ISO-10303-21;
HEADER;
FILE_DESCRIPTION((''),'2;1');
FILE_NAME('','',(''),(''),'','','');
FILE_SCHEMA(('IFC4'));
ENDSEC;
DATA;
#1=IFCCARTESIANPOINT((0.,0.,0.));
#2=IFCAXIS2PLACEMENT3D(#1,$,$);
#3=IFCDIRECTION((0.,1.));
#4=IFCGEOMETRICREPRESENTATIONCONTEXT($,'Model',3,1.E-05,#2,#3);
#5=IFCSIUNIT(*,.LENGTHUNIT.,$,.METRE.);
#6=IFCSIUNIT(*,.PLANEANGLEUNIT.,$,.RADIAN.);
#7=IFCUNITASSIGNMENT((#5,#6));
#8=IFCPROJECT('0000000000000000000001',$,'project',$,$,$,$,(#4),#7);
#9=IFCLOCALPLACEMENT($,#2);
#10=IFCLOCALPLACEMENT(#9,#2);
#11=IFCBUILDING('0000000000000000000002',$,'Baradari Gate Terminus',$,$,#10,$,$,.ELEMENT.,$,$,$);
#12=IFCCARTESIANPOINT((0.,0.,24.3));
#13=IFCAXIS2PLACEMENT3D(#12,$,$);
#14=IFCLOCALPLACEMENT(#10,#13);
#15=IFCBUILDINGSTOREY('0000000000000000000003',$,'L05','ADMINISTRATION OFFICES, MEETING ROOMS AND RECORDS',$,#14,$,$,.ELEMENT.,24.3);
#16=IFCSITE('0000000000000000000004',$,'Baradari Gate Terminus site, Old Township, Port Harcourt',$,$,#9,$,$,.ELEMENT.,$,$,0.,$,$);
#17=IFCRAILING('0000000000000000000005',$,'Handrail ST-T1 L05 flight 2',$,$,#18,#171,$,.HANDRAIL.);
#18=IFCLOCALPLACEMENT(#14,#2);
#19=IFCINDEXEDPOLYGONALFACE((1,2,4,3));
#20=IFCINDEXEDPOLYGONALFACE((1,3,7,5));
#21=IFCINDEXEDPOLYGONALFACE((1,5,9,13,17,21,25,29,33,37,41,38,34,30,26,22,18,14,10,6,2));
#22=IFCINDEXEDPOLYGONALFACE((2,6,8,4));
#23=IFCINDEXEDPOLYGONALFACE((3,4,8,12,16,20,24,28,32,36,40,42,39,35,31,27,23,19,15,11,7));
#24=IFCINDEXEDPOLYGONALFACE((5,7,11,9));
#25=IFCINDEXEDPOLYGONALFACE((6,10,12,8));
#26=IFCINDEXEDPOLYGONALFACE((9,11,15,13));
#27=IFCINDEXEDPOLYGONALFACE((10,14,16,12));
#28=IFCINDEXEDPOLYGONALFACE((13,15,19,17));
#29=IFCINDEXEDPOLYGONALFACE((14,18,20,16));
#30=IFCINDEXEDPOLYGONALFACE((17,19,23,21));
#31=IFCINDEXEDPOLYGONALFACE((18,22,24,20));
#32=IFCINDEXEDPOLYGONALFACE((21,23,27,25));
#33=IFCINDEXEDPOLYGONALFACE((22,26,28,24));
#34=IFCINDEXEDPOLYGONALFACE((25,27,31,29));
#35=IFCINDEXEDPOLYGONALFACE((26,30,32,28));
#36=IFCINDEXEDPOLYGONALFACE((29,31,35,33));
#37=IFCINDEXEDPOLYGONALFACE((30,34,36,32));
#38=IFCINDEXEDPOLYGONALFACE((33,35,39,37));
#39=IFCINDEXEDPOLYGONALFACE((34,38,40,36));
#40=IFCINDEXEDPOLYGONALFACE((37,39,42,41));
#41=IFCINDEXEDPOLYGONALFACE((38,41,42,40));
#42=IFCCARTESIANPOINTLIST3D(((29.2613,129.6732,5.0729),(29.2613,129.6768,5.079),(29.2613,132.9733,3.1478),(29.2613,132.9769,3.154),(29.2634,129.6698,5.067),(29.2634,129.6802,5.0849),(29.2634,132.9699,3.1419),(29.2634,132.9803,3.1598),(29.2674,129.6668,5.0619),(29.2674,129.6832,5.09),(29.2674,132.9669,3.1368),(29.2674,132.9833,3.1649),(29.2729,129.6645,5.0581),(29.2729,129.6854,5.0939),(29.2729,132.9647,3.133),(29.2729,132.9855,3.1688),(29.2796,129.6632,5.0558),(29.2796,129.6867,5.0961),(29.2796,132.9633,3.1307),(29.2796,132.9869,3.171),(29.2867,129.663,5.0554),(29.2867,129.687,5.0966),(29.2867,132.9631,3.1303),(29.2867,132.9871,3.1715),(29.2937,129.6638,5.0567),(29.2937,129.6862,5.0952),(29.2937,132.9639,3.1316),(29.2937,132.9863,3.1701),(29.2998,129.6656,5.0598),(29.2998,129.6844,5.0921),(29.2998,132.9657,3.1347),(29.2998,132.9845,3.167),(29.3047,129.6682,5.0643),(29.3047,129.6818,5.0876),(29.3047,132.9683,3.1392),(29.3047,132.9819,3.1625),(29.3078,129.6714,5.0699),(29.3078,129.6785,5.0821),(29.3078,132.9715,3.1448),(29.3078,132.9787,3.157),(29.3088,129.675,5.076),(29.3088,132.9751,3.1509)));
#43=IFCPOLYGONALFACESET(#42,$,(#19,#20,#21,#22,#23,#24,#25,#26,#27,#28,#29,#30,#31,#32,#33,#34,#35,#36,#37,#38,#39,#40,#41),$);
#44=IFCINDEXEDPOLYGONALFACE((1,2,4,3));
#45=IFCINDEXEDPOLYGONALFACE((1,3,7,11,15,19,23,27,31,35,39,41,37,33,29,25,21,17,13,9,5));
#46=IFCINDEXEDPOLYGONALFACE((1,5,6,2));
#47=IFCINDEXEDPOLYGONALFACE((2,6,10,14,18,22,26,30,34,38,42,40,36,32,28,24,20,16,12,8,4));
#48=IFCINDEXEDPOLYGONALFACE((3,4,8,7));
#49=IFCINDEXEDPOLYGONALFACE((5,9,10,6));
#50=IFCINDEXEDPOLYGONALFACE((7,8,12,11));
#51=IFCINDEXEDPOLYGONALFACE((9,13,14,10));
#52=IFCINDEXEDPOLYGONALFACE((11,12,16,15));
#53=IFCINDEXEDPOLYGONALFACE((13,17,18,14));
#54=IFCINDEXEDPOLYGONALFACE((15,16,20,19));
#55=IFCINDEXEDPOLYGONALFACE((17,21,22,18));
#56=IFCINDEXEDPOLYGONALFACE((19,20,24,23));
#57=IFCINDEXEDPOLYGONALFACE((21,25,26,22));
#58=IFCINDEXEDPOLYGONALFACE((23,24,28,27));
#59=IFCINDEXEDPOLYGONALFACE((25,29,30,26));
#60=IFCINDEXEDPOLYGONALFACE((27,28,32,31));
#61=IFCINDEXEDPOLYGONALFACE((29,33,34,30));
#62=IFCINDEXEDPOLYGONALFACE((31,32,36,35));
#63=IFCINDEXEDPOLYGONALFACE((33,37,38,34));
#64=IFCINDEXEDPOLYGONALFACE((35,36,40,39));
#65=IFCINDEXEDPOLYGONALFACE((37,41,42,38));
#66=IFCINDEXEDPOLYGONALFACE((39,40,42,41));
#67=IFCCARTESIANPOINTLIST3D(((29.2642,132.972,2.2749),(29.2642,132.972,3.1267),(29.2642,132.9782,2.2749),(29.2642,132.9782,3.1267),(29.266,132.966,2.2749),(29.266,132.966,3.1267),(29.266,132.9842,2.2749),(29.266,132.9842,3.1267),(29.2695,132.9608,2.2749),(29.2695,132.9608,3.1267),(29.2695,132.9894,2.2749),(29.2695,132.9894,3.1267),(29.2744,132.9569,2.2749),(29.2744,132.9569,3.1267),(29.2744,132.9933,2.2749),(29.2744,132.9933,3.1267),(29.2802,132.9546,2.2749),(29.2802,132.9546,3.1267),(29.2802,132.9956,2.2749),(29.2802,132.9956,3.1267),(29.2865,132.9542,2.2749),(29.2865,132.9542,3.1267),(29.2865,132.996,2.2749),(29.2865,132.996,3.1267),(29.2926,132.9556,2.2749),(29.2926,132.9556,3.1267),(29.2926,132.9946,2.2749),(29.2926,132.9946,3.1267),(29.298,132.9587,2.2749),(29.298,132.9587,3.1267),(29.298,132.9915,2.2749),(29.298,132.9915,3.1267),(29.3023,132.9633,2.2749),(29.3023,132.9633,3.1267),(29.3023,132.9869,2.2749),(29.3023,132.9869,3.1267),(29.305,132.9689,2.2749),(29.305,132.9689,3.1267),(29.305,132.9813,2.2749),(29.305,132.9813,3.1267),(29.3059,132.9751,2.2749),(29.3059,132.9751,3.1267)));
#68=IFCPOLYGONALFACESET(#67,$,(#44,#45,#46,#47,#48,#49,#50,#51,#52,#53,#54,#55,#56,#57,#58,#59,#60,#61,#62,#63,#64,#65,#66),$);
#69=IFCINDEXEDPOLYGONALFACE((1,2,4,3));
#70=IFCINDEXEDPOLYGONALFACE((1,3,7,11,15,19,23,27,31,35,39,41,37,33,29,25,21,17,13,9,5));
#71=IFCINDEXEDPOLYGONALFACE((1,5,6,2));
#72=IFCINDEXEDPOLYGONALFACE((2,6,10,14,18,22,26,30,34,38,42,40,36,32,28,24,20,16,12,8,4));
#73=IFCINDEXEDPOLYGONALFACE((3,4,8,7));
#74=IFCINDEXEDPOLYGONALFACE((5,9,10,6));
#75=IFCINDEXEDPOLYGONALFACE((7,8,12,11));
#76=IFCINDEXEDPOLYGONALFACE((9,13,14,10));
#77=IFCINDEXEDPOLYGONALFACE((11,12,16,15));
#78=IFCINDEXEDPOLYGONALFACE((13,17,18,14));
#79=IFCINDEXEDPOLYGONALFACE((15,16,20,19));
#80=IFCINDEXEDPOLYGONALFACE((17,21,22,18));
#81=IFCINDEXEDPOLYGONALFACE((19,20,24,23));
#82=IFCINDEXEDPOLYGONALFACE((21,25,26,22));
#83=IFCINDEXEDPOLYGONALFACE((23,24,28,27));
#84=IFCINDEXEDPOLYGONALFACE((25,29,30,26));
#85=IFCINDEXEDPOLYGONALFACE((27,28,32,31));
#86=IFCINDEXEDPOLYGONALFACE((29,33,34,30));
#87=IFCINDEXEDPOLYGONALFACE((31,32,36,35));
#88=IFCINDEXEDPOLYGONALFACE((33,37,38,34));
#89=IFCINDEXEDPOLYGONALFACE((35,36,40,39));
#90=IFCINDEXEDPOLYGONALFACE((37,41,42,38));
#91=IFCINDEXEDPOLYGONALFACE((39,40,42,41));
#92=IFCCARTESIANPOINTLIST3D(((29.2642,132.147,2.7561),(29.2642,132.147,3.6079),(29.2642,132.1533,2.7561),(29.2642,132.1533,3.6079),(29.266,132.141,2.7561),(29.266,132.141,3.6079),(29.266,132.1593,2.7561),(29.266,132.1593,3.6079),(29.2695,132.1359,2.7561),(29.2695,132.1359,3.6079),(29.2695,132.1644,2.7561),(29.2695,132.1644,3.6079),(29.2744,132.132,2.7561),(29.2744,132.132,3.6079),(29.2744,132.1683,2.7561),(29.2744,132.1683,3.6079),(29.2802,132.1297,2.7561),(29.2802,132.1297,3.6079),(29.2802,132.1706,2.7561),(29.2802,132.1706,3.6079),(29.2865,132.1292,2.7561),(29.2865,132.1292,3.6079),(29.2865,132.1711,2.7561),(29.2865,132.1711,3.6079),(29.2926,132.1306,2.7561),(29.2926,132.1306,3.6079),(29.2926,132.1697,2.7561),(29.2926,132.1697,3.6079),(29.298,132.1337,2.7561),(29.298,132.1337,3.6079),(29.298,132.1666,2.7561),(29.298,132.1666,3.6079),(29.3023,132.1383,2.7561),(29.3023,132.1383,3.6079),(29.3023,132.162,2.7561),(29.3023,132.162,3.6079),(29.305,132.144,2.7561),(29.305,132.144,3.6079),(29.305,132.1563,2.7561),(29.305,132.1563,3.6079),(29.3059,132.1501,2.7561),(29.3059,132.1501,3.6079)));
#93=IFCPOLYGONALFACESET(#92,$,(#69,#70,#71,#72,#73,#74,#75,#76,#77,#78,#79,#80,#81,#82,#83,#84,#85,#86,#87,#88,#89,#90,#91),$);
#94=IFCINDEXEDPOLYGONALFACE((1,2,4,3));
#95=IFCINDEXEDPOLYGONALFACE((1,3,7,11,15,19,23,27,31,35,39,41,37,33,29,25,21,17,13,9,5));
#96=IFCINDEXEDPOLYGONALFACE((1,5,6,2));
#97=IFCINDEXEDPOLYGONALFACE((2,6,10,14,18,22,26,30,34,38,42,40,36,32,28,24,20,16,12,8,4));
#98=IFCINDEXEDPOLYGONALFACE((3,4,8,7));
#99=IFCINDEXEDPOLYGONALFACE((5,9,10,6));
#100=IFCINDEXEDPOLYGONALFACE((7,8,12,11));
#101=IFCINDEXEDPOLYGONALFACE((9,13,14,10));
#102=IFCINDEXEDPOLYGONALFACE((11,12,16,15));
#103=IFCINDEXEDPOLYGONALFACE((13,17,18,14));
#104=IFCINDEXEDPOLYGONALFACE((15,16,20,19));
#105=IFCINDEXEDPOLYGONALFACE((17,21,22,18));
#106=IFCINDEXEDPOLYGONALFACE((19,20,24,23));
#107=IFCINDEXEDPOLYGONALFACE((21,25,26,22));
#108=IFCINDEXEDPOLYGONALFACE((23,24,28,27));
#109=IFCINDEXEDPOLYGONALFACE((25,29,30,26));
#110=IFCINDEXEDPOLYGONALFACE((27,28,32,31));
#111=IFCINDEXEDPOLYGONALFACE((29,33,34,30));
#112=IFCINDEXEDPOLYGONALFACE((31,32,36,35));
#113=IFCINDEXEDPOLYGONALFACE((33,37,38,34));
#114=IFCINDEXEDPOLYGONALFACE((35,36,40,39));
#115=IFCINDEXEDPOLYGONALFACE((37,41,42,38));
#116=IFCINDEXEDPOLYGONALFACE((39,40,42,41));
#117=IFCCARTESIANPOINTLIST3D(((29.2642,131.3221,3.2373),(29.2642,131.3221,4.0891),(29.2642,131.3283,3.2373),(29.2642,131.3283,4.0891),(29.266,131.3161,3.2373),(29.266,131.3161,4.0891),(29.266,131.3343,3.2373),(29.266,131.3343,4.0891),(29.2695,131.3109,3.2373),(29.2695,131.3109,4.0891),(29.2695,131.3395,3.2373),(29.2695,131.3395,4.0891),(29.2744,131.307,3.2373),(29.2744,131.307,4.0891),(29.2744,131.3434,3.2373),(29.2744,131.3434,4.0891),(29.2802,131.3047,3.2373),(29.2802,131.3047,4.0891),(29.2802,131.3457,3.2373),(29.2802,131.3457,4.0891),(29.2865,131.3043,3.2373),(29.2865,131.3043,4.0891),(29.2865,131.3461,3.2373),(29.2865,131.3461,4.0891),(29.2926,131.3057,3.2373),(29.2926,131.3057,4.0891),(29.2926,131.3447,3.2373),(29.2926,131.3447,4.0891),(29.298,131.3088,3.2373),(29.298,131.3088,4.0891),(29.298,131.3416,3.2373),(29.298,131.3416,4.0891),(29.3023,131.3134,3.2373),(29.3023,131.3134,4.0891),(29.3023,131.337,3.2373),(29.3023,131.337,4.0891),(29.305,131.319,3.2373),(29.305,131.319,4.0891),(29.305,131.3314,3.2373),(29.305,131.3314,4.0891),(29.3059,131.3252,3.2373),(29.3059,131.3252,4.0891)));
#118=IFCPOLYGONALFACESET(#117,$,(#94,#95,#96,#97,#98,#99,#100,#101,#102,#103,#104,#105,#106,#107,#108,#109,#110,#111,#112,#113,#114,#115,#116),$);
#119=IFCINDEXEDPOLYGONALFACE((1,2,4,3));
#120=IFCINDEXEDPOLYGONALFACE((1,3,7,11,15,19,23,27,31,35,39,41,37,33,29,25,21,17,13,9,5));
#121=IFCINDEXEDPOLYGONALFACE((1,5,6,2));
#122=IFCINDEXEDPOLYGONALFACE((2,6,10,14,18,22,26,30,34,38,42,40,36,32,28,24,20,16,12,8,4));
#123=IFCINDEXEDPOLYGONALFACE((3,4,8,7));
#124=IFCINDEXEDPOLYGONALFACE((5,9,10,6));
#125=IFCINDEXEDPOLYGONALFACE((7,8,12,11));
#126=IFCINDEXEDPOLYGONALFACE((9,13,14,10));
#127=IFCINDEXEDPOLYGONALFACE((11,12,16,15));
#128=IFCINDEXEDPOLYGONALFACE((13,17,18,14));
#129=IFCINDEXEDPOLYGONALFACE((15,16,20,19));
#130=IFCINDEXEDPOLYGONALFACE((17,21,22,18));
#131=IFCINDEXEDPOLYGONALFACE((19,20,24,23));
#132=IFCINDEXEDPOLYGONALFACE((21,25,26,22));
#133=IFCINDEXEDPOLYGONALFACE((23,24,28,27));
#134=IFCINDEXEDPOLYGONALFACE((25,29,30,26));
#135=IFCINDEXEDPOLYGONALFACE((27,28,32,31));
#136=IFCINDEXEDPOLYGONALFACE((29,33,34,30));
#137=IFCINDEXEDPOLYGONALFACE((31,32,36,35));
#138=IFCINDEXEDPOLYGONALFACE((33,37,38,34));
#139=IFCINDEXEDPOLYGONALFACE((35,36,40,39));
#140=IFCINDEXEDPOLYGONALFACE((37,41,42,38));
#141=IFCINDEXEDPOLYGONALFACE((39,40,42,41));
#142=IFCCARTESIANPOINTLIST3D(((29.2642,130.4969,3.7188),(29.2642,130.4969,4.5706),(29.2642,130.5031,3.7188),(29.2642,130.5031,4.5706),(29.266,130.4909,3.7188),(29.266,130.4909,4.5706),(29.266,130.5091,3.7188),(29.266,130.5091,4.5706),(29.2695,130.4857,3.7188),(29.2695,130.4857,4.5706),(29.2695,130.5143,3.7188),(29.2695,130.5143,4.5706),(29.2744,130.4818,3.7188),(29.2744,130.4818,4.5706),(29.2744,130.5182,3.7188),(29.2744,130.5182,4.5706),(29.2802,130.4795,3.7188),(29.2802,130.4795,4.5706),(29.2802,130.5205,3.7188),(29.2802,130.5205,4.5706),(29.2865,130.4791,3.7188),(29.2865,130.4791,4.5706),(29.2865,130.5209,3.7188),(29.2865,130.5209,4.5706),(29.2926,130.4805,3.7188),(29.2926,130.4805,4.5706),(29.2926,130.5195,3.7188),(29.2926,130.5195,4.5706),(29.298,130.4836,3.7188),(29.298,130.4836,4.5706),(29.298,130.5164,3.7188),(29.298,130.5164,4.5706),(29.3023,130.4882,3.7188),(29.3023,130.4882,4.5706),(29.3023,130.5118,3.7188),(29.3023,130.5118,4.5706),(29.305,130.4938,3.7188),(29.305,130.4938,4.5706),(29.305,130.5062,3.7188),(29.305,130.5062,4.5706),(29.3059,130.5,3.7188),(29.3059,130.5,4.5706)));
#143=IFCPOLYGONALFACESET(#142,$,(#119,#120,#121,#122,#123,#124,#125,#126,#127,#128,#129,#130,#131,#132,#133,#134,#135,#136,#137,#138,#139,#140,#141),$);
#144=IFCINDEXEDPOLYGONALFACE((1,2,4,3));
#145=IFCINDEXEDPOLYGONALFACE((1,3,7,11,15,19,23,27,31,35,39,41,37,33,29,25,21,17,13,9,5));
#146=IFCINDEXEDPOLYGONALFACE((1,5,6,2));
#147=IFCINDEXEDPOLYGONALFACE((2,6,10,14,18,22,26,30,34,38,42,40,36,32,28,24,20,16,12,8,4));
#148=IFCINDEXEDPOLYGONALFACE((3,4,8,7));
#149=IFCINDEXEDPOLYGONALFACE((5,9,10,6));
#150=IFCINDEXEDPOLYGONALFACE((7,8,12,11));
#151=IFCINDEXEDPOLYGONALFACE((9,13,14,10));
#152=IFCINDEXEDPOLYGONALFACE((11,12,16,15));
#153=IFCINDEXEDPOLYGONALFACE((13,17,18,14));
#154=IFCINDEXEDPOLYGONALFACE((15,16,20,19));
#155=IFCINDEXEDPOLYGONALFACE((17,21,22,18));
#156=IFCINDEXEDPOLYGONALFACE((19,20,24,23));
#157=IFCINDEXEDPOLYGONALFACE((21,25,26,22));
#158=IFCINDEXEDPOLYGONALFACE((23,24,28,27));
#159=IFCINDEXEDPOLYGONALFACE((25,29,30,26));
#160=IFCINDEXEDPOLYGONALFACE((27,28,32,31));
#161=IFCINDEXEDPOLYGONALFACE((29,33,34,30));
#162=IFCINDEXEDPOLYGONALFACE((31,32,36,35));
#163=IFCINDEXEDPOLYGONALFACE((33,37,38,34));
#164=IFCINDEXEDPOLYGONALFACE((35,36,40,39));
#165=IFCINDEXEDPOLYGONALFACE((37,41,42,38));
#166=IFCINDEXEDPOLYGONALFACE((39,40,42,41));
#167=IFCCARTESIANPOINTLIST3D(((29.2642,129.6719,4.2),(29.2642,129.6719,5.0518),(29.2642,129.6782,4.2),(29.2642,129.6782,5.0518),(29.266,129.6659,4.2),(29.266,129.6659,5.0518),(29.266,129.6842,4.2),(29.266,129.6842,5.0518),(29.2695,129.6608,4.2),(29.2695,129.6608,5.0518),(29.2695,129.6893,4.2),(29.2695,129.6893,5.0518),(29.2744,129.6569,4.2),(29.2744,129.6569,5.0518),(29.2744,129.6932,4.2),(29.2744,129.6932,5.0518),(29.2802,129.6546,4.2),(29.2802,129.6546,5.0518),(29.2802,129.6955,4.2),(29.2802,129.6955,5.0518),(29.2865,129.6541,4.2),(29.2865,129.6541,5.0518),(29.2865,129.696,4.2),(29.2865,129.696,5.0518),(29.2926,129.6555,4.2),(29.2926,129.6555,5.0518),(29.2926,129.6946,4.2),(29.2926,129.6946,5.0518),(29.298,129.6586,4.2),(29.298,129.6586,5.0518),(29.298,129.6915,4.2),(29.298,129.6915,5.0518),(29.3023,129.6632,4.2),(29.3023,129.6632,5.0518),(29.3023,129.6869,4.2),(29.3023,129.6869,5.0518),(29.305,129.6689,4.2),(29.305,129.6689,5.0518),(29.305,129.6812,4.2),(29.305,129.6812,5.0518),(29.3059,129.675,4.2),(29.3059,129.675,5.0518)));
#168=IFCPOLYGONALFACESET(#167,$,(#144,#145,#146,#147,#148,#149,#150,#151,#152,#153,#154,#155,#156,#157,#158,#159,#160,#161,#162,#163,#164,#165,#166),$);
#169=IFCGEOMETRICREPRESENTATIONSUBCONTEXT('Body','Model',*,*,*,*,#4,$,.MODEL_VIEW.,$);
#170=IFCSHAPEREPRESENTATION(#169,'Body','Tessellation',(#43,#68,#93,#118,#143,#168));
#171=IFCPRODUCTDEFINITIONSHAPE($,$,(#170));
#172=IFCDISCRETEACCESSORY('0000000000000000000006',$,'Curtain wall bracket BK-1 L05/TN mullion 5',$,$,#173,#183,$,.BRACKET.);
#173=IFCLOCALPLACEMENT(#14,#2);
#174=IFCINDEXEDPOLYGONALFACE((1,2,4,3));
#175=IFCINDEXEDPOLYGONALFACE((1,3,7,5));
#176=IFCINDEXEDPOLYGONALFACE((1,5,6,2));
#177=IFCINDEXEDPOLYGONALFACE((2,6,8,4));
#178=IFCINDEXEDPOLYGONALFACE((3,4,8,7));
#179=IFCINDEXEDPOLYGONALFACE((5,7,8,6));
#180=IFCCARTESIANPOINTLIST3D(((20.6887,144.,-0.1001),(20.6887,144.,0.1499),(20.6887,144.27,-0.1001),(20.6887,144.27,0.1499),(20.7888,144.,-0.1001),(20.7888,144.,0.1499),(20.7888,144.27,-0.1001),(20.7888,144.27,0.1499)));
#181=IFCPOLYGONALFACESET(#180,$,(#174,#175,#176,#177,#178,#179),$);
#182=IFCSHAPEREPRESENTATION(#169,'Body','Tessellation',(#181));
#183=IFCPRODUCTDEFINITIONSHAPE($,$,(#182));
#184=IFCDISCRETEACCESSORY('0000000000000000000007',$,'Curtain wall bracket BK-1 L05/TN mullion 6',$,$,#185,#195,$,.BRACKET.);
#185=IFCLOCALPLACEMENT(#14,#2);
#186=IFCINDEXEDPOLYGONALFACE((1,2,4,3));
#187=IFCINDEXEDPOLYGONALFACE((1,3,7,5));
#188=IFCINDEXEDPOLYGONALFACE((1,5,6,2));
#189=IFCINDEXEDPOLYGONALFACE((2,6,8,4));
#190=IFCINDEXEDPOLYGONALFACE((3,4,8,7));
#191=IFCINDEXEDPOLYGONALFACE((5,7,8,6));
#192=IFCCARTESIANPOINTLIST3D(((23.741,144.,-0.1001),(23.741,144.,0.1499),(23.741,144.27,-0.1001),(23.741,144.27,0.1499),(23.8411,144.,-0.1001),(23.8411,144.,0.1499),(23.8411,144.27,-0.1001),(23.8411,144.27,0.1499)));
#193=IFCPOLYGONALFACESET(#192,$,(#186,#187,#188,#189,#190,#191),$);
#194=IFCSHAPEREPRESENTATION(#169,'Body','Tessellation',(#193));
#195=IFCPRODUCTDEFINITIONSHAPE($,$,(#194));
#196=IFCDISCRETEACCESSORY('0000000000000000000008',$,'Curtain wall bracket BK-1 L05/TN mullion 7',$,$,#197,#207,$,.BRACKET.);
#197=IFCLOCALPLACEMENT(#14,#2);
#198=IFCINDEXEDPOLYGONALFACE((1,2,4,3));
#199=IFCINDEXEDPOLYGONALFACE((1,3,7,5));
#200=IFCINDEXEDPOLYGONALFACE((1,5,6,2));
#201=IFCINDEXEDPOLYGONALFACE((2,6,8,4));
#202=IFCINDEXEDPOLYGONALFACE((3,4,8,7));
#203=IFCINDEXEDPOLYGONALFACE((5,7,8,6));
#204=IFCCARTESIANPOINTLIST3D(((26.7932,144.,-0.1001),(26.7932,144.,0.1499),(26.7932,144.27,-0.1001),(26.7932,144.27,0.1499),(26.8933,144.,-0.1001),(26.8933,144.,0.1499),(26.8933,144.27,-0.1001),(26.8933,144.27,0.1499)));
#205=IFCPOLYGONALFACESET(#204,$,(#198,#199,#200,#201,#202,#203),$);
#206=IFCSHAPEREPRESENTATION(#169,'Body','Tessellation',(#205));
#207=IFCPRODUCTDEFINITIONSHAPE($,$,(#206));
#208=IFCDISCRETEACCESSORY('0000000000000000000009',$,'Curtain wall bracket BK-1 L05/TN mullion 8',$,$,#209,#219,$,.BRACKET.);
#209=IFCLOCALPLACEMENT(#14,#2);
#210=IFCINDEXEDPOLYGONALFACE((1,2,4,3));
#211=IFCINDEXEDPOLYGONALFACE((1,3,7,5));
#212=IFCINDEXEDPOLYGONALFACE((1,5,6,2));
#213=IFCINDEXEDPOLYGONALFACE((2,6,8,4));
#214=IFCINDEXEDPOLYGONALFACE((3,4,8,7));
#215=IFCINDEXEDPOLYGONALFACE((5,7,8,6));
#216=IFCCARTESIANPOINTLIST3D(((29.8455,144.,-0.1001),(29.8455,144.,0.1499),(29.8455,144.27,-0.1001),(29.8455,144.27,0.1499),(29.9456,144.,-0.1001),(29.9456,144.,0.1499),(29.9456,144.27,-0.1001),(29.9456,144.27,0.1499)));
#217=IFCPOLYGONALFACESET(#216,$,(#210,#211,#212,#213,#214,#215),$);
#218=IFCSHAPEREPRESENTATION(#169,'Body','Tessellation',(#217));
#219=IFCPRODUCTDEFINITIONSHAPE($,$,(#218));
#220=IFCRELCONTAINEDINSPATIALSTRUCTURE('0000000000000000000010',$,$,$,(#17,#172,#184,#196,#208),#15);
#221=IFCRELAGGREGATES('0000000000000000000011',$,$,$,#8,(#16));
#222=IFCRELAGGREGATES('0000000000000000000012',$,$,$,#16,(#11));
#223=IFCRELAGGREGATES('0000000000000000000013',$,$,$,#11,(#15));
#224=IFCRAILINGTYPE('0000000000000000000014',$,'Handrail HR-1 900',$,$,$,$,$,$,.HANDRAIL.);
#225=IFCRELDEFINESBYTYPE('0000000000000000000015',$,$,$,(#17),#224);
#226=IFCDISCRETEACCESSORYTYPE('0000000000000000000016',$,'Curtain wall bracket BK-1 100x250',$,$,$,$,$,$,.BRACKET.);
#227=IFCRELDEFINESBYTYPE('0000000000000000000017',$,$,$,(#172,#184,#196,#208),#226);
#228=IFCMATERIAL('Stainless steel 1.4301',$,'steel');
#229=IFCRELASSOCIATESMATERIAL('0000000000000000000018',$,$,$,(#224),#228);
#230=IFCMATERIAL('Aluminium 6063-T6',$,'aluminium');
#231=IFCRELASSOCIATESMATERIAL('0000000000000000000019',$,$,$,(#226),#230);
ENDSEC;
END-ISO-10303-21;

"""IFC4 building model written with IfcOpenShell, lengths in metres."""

from ifc_helpers import new_model, si_unit, direction, frame, origin, origin_2d, place, context, subcontext, project, spatial, rectangle, circle, extrude, material, type_object, element, save


model = new_model("IFC4")

# Units and contexts
model_context = context("Model", 3, precision=1e-05, world=origin(), true_north=direction((0.0, 1.0)))
body_context = subcontext(model_context, "Body", "Model", "MODEL_VIEW")
ifc_project = project(units=[si_unit("LENGTHUNIT", "METRE"), si_unit("PLANEANGLEUNIT", "RADIAN")], contexts=[model_context])

# Site, building, storey
site_placement = place(None, origin())
site = spatial("IfcSite", under=ifc_project, at=site_placement, Name="Baradari Gate Terminus site, Old Township, Port Harcourt", CompositionType="ELEMENT", RefElevation=0.0)
building_placement = place(site_placement, origin())
building = spatial("IfcBuilding", under=site, at=building_placement, Name="Baradari Gate Terminus", CompositionType="ELEMENT")
storey_placement = place(building_placement, frame((0.0, 0.0, 24.3)))
storey = spatial("IfcBuildingStorey", under=building, at=storey_placement, Name="L05", Description="ADMINISTRATION OFFICES, MEETING ROOMS AND RECORDS", CompositionType="ELEMENT", Elevation=24.3)

# Railing
ifc_material_1 = material(Name="Stainless steel 1.4301", Category="steel")
railing_type = type_object("IfcRailingType", Name="Handrail HR-1 900", PredefinedType="HANDRAIL", material=ifc_material_1)
railing_placement = place(storey_placement, frame((29.2849, 132.9751, 2.2749)))
element("IfcRailing", 1, at=railing_placement, inside=storey, type_object=railing_type, Name="Handrail ST-T1 L05 flight 2", PredefinedType="HANDRAIL", context=body_context, shape_type="SweptSolid", body=[
    extrude(circle(Radius=0.0239, at=origin_2d()), frame((0.0, 0.0, 0.876), z_axis=(0.0, -0.863777, 0.503875), x_axis=(1.0, 0.0, 0.0)), (0.0, 0.0, 1.0), 3.8206),
    extrude(circle(Radius=0.021, at=origin_2d()), origin(), (0.0, 0.0, 1.0), 0.8518),
    extrude(circle(Radius=0.021, at=origin_2d()), frame((0.0, -0.825, 0.4812)), (0.0, 0.0, 1.0), 0.8518),
    extrude(circle(Radius=0.021, at=origin_2d()), frame((0.0, -1.6499, 0.9624)), (0.0, 0.0, 1.0), 0.8518),
    extrude(circle(Radius=0.021, at=origin_2d()), frame((0.0, -2.4751, 1.4438)), (0.0, 0.0, 1.0), 0.8518),
    extrude(circle(Radius=0.021, at=origin_2d()), frame((0.0, -3.3, 1.925)), (0.0, 0.0, 1.0), 0.8518),
])

# Discrete accessories
ifc_material_2 = material(Name="Aluminium 6063-T6", Category="aluminium")
discrete_accessory_type = type_object("IfcDiscreteAccessoryType", Name="Curtain wall bracket BK-1 100x250", PredefinedType="BRACKET", material=ifc_material_2)
for number, where, z_axis, x_axis, name in (
    (2, (20.7388, 144.135, -0.1001), (0.0, 0.0, 1.0), (0.0, 1.0, 0.0), "Curtain wall bracket BK-1 L05/TN mullion 5"),
    (3, (23.791, 144.135, -0.1001), (0.0, 0.0, 1.0), (0.0, 1.0, 0.0), "Curtain wall bracket BK-1 L05/TN mullion 6"),
    (4, (26.8433, 144.135, -0.1001), (0.0, 0.0, 1.0), (0.0, 1.0, 0.0), "Curtain wall bracket BK-1 L05/TN mullion 7"),
    (5, (29.8955, 144.135, -0.1001), (0.0, 0.0, 1.0), (0.0, 1.0, 0.0), "Curtain wall bracket BK-1 L05/TN mullion 8"),
):
    element("IfcDiscreteAccessory", number, at=place(storey_placement, frame(where, z_axis=z_axis, x_axis=x_axis)), inside=storey, type_object=discrete_accessory_type, Name=name, PredefinedType="BRACKET", context=body_context, shape_type="SweptSolid", body=[
        extrude(rectangle(XDim=0.27, YDim=0.1001, at=origin_2d()), origin(), (0.0, 0.0, 1.0), 0.25),
    ])

save(model, "model.ifc")
